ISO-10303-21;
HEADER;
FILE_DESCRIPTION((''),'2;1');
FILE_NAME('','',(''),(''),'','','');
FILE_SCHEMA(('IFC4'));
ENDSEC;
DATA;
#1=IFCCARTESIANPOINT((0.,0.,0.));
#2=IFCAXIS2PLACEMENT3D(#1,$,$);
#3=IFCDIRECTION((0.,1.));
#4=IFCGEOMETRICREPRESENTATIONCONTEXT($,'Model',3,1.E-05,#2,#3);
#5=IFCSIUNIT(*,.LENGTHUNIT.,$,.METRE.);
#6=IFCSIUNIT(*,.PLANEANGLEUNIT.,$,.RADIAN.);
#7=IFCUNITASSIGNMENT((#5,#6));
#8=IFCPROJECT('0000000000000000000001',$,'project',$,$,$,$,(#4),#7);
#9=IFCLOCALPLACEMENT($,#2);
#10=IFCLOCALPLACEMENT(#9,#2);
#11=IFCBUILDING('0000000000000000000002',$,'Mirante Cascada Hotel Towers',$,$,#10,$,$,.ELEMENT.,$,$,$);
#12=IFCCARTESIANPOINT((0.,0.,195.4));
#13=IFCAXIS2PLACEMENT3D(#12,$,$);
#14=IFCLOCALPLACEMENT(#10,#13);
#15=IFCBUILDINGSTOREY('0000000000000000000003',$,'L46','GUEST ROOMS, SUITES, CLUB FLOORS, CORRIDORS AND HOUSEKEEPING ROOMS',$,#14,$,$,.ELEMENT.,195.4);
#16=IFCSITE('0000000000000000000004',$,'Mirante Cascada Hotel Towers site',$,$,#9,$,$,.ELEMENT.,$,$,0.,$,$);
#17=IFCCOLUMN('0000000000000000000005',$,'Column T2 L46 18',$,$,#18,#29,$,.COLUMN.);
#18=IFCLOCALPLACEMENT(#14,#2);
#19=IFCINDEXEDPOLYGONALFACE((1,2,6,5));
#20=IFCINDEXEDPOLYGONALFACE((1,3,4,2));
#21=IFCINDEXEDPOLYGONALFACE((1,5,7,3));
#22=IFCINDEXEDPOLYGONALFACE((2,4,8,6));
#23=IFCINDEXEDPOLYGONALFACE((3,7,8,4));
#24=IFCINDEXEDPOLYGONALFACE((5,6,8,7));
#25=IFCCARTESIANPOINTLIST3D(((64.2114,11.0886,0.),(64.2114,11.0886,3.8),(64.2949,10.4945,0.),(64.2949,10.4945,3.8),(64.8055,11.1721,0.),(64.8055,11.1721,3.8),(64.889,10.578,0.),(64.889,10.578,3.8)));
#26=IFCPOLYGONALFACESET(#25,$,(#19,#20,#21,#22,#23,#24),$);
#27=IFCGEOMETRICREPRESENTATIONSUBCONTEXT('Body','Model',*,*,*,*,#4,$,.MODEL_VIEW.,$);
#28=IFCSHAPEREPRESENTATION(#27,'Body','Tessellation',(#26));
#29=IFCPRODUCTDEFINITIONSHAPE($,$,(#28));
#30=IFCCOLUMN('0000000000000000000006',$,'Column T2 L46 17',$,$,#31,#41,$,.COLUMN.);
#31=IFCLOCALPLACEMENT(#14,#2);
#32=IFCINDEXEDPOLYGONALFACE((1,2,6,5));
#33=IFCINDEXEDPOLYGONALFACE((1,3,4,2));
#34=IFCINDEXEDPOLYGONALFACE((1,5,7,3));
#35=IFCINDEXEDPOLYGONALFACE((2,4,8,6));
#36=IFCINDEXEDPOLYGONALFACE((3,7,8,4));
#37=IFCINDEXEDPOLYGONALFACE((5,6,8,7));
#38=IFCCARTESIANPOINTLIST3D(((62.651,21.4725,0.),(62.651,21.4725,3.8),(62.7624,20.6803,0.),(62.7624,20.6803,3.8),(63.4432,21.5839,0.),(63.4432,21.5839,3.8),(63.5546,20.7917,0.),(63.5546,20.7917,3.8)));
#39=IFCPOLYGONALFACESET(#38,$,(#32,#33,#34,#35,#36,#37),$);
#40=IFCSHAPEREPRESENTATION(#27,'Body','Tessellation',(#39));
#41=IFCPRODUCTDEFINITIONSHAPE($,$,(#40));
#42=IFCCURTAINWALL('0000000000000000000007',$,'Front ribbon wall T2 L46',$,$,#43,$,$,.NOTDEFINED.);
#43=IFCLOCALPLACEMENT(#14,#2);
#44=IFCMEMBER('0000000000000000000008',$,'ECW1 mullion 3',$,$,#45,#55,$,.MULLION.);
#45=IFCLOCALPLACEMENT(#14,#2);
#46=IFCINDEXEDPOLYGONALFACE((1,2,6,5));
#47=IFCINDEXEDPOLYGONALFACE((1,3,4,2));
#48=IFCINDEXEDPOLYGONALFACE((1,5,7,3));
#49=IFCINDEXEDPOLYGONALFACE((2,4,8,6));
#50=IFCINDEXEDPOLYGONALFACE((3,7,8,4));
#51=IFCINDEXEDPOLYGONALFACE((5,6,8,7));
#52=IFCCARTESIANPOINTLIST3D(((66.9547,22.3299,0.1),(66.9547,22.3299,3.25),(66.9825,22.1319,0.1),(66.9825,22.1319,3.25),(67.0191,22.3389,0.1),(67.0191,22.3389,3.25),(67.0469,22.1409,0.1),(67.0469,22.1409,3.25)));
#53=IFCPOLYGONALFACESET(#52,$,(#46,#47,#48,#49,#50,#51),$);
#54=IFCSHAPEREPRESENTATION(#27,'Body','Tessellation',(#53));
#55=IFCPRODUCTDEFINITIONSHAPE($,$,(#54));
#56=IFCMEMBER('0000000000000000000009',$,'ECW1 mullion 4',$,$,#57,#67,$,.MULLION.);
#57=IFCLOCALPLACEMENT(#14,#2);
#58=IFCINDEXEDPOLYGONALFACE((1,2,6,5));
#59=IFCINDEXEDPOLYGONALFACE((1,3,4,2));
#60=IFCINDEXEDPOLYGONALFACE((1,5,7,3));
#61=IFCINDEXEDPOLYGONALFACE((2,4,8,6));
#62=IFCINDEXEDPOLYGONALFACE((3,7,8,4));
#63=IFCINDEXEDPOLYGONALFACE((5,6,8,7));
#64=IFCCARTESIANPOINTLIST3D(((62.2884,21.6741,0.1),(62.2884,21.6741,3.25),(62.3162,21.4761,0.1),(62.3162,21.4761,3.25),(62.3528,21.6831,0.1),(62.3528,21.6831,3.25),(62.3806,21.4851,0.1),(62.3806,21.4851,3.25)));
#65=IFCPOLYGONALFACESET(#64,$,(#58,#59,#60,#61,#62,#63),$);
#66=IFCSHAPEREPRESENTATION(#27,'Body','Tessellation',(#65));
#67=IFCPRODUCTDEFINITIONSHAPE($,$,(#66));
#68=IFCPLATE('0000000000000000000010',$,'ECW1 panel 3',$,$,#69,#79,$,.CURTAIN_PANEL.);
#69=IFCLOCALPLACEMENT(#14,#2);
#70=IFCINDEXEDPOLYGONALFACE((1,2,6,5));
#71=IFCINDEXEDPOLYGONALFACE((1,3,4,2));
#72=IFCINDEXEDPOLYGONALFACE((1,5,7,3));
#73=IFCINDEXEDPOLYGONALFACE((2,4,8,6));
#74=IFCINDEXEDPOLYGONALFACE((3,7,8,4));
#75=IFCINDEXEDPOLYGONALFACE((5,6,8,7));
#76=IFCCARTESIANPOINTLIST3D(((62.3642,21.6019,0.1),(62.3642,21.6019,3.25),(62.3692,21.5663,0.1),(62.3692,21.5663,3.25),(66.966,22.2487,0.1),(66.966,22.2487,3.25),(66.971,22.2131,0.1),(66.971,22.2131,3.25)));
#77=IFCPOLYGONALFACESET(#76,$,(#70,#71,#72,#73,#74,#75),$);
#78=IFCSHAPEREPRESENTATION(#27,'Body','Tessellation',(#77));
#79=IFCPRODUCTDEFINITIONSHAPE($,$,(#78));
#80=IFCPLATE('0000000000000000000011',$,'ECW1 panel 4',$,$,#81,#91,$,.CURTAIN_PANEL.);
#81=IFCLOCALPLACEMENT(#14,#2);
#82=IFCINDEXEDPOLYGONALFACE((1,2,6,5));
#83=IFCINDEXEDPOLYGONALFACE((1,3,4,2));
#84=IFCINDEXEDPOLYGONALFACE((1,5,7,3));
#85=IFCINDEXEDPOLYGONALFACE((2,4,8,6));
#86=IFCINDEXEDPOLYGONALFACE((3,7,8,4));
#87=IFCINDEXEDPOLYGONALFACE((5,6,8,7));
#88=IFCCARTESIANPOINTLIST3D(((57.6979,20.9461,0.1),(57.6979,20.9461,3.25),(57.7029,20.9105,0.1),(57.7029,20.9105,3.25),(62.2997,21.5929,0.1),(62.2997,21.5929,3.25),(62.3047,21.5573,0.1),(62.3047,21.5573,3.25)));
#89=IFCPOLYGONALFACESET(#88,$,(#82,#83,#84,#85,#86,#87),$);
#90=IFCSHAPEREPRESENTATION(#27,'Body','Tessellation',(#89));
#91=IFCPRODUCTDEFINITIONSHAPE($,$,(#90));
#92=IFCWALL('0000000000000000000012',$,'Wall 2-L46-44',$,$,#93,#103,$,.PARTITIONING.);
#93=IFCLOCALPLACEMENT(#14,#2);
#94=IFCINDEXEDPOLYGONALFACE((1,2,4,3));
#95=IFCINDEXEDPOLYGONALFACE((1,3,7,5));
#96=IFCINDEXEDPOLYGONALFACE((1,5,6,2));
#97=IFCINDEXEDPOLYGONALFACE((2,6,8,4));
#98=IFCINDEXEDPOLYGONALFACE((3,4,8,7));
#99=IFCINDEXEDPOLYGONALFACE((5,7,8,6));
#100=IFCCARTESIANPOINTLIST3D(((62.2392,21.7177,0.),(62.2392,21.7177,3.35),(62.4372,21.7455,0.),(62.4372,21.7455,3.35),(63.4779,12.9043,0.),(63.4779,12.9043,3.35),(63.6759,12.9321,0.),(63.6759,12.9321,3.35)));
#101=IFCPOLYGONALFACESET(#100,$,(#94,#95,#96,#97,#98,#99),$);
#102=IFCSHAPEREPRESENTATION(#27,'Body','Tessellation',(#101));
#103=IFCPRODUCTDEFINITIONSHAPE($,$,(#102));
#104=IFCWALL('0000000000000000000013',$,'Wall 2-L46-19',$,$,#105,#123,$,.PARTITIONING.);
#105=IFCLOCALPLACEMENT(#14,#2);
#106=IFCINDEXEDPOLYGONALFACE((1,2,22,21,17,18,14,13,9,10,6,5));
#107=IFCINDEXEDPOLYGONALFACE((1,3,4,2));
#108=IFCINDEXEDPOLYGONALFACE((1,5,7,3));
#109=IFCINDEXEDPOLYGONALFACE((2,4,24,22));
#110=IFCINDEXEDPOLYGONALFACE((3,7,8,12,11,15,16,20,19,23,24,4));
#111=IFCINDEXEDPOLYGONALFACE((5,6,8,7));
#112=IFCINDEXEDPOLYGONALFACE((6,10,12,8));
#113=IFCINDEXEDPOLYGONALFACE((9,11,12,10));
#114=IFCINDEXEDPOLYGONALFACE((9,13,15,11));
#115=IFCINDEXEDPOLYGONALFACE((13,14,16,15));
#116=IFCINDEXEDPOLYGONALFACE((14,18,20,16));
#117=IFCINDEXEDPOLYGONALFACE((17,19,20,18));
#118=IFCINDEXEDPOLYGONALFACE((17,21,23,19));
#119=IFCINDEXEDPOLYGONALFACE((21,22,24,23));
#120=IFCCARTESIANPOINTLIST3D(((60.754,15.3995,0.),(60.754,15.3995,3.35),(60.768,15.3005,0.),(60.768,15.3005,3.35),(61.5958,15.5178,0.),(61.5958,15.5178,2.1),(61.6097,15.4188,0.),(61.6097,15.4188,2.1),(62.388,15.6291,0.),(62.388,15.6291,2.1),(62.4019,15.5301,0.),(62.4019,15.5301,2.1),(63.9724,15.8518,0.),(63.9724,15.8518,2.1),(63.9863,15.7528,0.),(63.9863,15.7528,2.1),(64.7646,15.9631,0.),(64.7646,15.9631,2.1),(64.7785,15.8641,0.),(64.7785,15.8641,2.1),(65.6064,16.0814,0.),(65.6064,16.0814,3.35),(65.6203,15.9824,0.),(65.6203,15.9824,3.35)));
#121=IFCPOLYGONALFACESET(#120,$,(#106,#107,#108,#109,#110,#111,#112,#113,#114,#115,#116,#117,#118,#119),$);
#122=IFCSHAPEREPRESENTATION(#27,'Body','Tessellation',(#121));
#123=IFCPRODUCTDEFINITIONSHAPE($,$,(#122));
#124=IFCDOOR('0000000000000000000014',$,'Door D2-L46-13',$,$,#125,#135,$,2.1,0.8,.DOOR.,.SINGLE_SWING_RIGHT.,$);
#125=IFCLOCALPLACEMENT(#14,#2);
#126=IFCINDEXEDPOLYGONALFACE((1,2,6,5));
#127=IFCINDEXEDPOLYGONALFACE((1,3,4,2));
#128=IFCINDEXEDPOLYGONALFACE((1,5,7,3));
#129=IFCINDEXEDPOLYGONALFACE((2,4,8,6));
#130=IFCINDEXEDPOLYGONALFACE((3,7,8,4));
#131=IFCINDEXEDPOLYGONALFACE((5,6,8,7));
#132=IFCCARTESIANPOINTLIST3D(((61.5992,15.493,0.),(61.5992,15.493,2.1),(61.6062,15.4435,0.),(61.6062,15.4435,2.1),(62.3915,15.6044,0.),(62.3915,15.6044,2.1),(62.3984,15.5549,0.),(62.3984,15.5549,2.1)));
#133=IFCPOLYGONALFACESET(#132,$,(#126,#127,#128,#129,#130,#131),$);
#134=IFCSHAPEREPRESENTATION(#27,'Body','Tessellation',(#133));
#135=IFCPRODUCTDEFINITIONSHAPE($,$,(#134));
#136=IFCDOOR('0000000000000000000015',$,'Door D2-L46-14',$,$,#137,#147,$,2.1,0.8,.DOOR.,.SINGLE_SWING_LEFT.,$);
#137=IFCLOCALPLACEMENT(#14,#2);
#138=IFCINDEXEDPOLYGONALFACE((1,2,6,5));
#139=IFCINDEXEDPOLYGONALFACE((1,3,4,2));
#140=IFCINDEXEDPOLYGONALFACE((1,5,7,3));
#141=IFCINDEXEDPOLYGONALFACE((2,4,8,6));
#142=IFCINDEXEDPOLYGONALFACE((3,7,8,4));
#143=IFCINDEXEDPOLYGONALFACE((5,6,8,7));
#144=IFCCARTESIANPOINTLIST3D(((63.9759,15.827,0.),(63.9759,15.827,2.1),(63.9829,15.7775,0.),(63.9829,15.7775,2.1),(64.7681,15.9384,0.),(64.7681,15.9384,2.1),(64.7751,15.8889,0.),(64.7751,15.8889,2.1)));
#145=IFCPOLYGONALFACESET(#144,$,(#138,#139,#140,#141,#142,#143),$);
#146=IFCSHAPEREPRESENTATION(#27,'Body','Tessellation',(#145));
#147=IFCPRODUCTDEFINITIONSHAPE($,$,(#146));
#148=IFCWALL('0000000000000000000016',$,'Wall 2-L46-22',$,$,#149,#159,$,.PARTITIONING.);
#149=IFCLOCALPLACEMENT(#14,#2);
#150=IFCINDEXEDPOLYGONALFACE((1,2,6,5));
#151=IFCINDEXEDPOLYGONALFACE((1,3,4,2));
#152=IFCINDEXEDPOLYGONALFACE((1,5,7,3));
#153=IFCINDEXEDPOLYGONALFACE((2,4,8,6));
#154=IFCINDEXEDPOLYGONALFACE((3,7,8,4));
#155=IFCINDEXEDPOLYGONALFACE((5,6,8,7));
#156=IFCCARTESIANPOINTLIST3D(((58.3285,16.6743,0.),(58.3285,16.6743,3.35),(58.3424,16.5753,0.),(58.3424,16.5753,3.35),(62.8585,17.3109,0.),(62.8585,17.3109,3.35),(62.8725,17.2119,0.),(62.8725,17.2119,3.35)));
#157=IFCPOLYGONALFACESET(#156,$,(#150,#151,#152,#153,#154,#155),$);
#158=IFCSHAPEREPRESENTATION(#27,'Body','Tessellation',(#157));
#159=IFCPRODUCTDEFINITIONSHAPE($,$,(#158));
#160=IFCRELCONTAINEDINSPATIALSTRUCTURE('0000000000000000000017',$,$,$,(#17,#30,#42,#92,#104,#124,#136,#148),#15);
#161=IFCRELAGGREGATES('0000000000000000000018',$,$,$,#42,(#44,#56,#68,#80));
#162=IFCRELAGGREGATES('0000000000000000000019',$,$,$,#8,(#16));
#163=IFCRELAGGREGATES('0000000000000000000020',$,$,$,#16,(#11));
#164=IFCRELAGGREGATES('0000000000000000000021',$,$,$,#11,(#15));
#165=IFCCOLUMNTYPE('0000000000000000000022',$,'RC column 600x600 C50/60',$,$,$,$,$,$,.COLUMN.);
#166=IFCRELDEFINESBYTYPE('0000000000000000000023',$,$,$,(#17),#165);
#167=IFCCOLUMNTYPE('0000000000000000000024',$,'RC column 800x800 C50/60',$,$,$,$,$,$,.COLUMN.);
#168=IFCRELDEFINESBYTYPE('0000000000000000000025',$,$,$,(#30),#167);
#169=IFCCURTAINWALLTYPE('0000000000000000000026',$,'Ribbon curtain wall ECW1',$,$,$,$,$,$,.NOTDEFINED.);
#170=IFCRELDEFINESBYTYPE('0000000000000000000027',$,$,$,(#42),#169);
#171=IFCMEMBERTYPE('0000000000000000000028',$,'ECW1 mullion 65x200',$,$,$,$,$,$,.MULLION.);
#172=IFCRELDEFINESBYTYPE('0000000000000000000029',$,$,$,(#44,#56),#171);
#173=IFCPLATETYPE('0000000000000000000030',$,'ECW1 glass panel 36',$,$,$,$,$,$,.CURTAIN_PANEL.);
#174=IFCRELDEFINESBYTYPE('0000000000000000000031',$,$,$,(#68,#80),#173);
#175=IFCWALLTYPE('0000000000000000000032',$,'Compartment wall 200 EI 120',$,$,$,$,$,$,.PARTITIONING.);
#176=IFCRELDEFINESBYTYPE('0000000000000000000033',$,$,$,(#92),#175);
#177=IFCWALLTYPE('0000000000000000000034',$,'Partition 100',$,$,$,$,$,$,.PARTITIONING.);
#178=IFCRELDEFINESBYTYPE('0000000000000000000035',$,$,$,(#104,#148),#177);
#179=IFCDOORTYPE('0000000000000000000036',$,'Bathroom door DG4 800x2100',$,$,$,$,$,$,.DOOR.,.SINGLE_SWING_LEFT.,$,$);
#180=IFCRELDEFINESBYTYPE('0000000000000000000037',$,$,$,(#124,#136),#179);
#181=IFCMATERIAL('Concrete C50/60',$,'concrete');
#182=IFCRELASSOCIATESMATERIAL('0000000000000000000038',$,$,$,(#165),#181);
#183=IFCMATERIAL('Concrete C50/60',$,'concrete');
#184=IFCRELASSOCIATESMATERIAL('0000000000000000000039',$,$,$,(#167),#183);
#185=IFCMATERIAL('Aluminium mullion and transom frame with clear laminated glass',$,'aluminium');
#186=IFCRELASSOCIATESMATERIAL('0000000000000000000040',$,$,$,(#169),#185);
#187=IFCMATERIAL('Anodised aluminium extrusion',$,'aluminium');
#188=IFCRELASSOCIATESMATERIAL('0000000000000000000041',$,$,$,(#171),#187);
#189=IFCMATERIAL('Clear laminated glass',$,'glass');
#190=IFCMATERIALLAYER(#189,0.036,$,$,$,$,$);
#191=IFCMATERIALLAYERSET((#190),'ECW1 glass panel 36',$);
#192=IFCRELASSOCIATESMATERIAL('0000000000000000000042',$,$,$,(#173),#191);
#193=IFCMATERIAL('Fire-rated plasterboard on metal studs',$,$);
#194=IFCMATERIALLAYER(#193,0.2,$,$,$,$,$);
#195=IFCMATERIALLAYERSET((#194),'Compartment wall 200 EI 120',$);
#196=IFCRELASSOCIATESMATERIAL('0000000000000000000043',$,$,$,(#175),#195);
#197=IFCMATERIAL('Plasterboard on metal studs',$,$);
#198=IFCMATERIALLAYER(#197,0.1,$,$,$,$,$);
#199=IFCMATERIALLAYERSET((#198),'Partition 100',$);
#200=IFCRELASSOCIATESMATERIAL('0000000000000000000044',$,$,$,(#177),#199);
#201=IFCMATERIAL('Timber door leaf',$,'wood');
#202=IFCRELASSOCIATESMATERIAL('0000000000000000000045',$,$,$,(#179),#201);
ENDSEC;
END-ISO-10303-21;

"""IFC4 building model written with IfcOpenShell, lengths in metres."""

from ifc_helpers import new_model, si_unit, direction, frame, frame_2d, origin, origin_2d, place, context, subcontext, project, spatial, rectangle, extrude, material, layer, layer_set, material_profile, profile_set, type_object, element, fill, aggregate, save


model = new_model("IFC4")

# Units and contexts
model_context = context("Model", 3, precision=1e-05, world=origin(), true_north=direction((0.0, 1.0)))
body_context = subcontext(model_context, "Body", "Model", "MODEL_VIEW")
ifc_project = project(units=[si_unit("LENGTHUNIT", "METRE"), si_unit("PLANEANGLEUNIT", "RADIAN")], contexts=[model_context])

# Site, building, storey
site_placement = place(None, origin())
site = spatial("IfcSite", under=ifc_project, at=site_placement, Name="Mirante Cascada Hotel Towers site", CompositionType="ELEMENT", RefElevation=0.0)
building_placement = place(site_placement, origin())
building = spatial("IfcBuilding", under=site, at=building_placement, Name="Mirante Cascada Hotel Towers", CompositionType="ELEMENT")
storey_placement = place(building_placement, frame((0.0, 0.0, 195.4)))
storey = spatial("IfcBuildingStorey", under=building, at=storey_placement, Name="L46", Description="GUEST ROOMS, SUITES, CLUB FLOORS, CORRIDORS AND HOUSEKEEPING ROOMS", CompositionType="ELEMENT", Elevation=195.4)

# Columns
ifc_material_1 = material(Name="Concrete C50/60", Category="concrete")
ifc_material_profile_1 = material_profile(ifc_material_1, rectangle(XDim=0.6, YDim=0.6, at=origin_2d()), Name="RC column 600x600 C50/60")
ifc_profile_set_1 = profile_set([ifc_material_profile_1], Name="Concrete C50/60")
column_type_1 = type_object("IfcColumnType", Name="RC column 600x600 C50/60", PredefinedType="COLUMN", material=ifc_profile_set_1)
column_1_placement = place(storey_placement, frame((64.5502, 10.8333, 0.0), z_axis=(0.0, 0.0, 1.0), x_axis=(0.990268, 0.139173, 0.0)))
element("IfcColumn", 1, at=column_1_placement, inside=storey, type_object=column_type_1, Name="Column T2 L46 18", PredefinedType="COLUMN", context=body_context, shape_type="SweptSolid", body=[
    extrude(rectangle(XDim=0.6, YDim=0.6, at=origin_2d()), origin(), (0.0, 0.0, 1.0), 3.8),
])
ifc_material_2 = material(Name="Concrete C50/60", Category="concrete")
ifc_material_profile_2 = material_profile(ifc_material_2, rectangle(XDim=0.8, YDim=0.8, at=origin_2d()), Name="RC column 800x800 C50/60")
ifc_profile_set_2 = profile_set([ifc_material_profile_2], Name="Concrete C50/60")
column_type_2 = type_object("IfcColumnType", Name="RC column 800x800 C50/60", PredefinedType="COLUMN", material=ifc_profile_set_2)
column_2_placement = place(storey_placement, frame((63.1028, 21.1321, 0.0), z_axis=(0.0, 0.0, 1.0), x_axis=(0.990268, 0.139173, 0.0)))
element("IfcColumn", 2, at=column_2_placement, inside=storey, type_object=column_type_2, Name="Column T2 L46 17", PredefinedType="COLUMN", context=body_context, shape_type="SweptSolid", body=[
    extrude(rectangle(XDim=0.8, YDim=0.8, at=origin_2d()), origin(), (0.0, 0.0, 1.0), 3.8),
])

# Curtain wall, members, plates
ifc_material_3 = material(Name="Aluminium mullion and transom frame with clear laminated glass", Category="aluminium")
curtain_wall_type = type_object("IfcCurtainWallType", Name="Ribbon curtain wall ECW1", PredefinedType="NOTDEFINED", material=ifc_material_3)
curtain_wall_placement = place(storey_placement, origin())
curtain_wall = element("IfcCurtainWall", 3, at=curtain_wall_placement, inside=storey, type_object=curtain_wall_type, Name="Front ribbon wall T2 L46", PredefinedType="NOTDEFINED")
ifc_material_4 = material(Name="Anodised aluminium extrusion", Category="aluminium")
ifc_material_profile_3 = material_profile(ifc_material_4, rectangle(XDim=0.2, YDim=0.065, at=origin_2d()), Name="ECW1 MULLION 65x200")
ifc_profile_set_3 = profile_set([ifc_material_profile_3], Name="Anodised aluminium extrusion")
member_type = type_object("IfcMemberType", Name="ECW1 mullion 65x200", PredefinedType="MULLION", material=ifc_profile_set_3)
member_1_placement = place(storey_placement, frame((67.0008, 22.2354, 0.1), z_axis=(0.0, 0.0, 1.0), x_axis=(0.139173, -0.990268, 0.0)))
member_1 = element("IfcMember", 4, at=member_1_placement, type_object=member_type, Name="ECW1 mullion 3", PredefinedType="MULLION", context=body_context, shape_type="SweptSolid", body=[
    extrude(rectangle(XDim=0.2, YDim=0.065, at=origin_2d()), origin(), (0.0, 0.0, 1.0), 3.15),
])
member_2_placement = place(storey_placement, frame((62.3345, 21.5796, 0.1), z_axis=(0.0, 0.0, 1.0), x_axis=(0.139173, -0.990268, 0.0)))
member_2 = element("IfcMember", 5, at=member_2_placement, type_object=member_type, Name="ECW1 mullion 4", PredefinedType="MULLION", context=body_context, shape_type="SweptSolid", body=[
    extrude(rectangle(XDim=0.2, YDim=0.065, at=origin_2d()), origin(), (0.0, 0.0, 1.0), 3.15),
])
ifc_material_5 = material(Name="Clear laminated glass", Category="glass")
ifc_layer_1 = layer(ifc_material_5, 0.036)
ifc_layer_set_1 = layer_set([ifc_layer_1], Name="ECW1 glass panel 36")
plate_type = type_object("IfcPlateType", Name="ECW1 glass panel 36", PredefinedType="CURTAIN_PANEL", material=ifc_layer_set_1)
plate_1_placement = place(storey_placement, frame((64.6676, 21.9075, 0.1), z_axis=(0.0, 0.0, 1.0), x_axis=(-0.990268, -0.139173, 0.0)))
plate_1 = element("IfcPlate", 6, at=plate_1_placement, type_object=plate_type, Name="ECW1 panel 3", PredefinedType="CURTAIN_PANEL", context=body_context, shape_type="SweptSolid", body=[
    extrude(rectangle(XDim=4.6471, YDim=0.036, at=origin_2d()), origin(), (0.0, 0.0, 1.0), 3.15),
])
plate_2_placement = place(storey_placement, frame((60.0013, 21.2517, 0.1), z_axis=(0.0, 0.0, 1.0), x_axis=(-0.990268, -0.139173, 0.0)))
plate_2 = element("IfcPlate", 7, at=plate_2_placement, type_object=plate_type, Name="ECW1 panel 4", PredefinedType="CURTAIN_PANEL", context=body_context, shape_type="SweptSolid", body=[
    extrude(rectangle(XDim=4.6471, YDim=0.036, at=origin_2d()), origin(), (0.0, 0.0, 1.0), 3.15),
])
aggregate(curtain_wall, [member_1, member_2, plate_1, plate_2])

# Wall
ifc_material_6 = material(Name="Fire-rated plasterboard on metal studs")
ifc_layer_2 = layer(ifc_material_6, 0.2)
ifc_layer_set_2 = layer_set([ifc_layer_2], Name="Compartment wall 200 EI 120")
wall_type_1 = type_object("IfcWallType", Name="Compartment wall 200 EI 120", PredefinedType="PARTITIONING", material=ifc_layer_set_2)
wall_1_placement = place(storey_placement, frame((62.3382, 21.7316, 0.0), z_axis=(0.0, 0.0, 1.0), x_axis=(0.139179, -0.990267, 0.0)))
element("IfcWall", 8, at=wall_1_placement, inside=storey, type_object=wall_type_1, Name="Wall 2-L46-44", PredefinedType="PARTITIONING", context=body_context, shape_type="SweptSolid", body=[
    extrude(rectangle(XDim=8.9, YDim=0.2, at=frame_2d((4.45, 0.0))), origin(), (0.0, 0.0, 1.0), 3.35),
])

# Wall, openings, doors
ifc_material_7 = material(Name="Plasterboard on metal studs")
ifc_layer_3 = layer(ifc_material_7, 0.1)
ifc_layer_set_3 = layer_set([ifc_layer_3], Name="Partition 100")
wall_type_2 = type_object("IfcWallType", Name="Partition 100", PredefinedType="PARTITIONING", material=ifc_layer_set_3)
wall_2_placement = place(storey_placement, frame((60.761, 15.35, 0.0), z_axis=(0.0, 0.0, 1.0), x_axis=(0.990269, 0.139164, 0.0)))
wall_2 = element("IfcWall", 9, at=wall_2_placement, inside=storey, type_object=wall_type_2, Name="Wall 2-L46-19", PredefinedType="PARTITIONING", context=body_context, shape_type="SweptSolid", body=[
    extrude(rectangle(XDim=4.9, YDim=0.1, at=frame_2d((2.45, 0.0))), origin(), (0.0, 0.0, 1.0), 3.35),
])
opening_1_placement = place(wall_2_placement, frame((0.85, 0.0, 0.0)))
opening_1 = element("IfcOpeningElement", 10, at=opening_1_placement, cuts=wall_2, PredefinedType="OPENING", context=body_context, shape_type="SweptSolid", body=[
    extrude(rectangle(XDim=0.8, YDim=2.1, at=frame_2d((0.4, 1.05))), frame((0.0, 0.05, 0.0), z_axis=(0.0, -1.0, 0.0), x_axis=(1.0, 0.0, 0.0)), (0.0, 0.0, 1.0), 0.1),
])
opening_2_placement = place(wall_2_placement, frame((3.25, 0.0, 0.0)))
opening_2 = element("IfcOpeningElement", 11, at=opening_2_placement, cuts=wall_2, PredefinedType="OPENING", context=body_context, shape_type="SweptSolid", body=[
    extrude(rectangle(XDim=0.8, YDim=2.1, at=frame_2d((0.4, 1.05))), frame((0.0, 0.05, 0.0), z_axis=(0.0, -1.0, 0.0), x_axis=(1.0, 0.0, 0.0)), (0.0, 0.0, 1.0), 0.1),
])
ifc_material_8 = material(Name="Timber door leaf", Category="wood")
door_type = type_object("IfcDoorType", Name="Bathroom door DG4 800x2100", OperationType="SINGLE_SWING_LEFT", PredefinedType="DOOR", material=ifc_material_8)
door_1_placement = place(opening_1_placement, frame((0.8, 0.0, 0.0), z_axis=(0.0, 0.0, 1.0), x_axis=(-1.0, 0.0, 0.0)))
door_1 = element("IfcDoor", 12, at=door_1_placement, inside=storey, type_object=door_type, Name="Door D2-L46-13", OperationType="SINGLE_SWING_RIGHT", OverallHeight=2.1, OverallWidth=0.8, PredefinedType="DOOR", context=body_context, shape_type="SweptSolid", body=[
    extrude(rectangle(XDim=0.8, YDim=2.1, at=frame_2d((0.4, 1.05))), frame((0.0, 0.025, 0.0), z_axis=(0.0, -1.0, 0.0), x_axis=(1.0, 0.0, 0.0)), (0.0, 0.0, 1.0), 0.05),
])
fill(opening_1, door_1)
door_2_placement = place(opening_2_placement, origin())
door_2 = element("IfcDoor", 13, at=door_2_placement, inside=storey, type_object=door_type, Name="Door D2-L46-14", OperationType="SINGLE_SWING_LEFT", OverallHeight=2.1, OverallWidth=0.8, PredefinedType="DOOR", context=body_context, shape_type="SweptSolid", body=[
    extrude(rectangle(XDim=0.8, YDim=2.1, at=frame_2d((0.4, 1.05))), frame((0.0, 0.025, 0.0), z_axis=(0.0, -1.0, 0.0), x_axis=(1.0, 0.0, 0.0)), (0.0, 0.0, 1.0), 0.05),
])
fill(opening_2, door_2)

# Wall
wall_3_placement = place(storey_placement, frame((62.8655, 17.2614, 0.0), z_axis=(0.0, 0.0, 1.0), x_axis=(-0.99027, -0.139159, 0.0)))
element("IfcWall", 14, at=wall_3_placement, inside=storey, type_object=wall_type_2, Name="Wall 2-L46-22", PredefinedType="PARTITIONING", context=body_context, shape_type="SweptSolid", body=[
    extrude(rectangle(XDim=4.5746, YDim=0.1, at=frame_2d((2.2873, 0.0))), origin(), (0.0, 0.0, 1.0), 3.35),
])

save(model, "model.ifc")
